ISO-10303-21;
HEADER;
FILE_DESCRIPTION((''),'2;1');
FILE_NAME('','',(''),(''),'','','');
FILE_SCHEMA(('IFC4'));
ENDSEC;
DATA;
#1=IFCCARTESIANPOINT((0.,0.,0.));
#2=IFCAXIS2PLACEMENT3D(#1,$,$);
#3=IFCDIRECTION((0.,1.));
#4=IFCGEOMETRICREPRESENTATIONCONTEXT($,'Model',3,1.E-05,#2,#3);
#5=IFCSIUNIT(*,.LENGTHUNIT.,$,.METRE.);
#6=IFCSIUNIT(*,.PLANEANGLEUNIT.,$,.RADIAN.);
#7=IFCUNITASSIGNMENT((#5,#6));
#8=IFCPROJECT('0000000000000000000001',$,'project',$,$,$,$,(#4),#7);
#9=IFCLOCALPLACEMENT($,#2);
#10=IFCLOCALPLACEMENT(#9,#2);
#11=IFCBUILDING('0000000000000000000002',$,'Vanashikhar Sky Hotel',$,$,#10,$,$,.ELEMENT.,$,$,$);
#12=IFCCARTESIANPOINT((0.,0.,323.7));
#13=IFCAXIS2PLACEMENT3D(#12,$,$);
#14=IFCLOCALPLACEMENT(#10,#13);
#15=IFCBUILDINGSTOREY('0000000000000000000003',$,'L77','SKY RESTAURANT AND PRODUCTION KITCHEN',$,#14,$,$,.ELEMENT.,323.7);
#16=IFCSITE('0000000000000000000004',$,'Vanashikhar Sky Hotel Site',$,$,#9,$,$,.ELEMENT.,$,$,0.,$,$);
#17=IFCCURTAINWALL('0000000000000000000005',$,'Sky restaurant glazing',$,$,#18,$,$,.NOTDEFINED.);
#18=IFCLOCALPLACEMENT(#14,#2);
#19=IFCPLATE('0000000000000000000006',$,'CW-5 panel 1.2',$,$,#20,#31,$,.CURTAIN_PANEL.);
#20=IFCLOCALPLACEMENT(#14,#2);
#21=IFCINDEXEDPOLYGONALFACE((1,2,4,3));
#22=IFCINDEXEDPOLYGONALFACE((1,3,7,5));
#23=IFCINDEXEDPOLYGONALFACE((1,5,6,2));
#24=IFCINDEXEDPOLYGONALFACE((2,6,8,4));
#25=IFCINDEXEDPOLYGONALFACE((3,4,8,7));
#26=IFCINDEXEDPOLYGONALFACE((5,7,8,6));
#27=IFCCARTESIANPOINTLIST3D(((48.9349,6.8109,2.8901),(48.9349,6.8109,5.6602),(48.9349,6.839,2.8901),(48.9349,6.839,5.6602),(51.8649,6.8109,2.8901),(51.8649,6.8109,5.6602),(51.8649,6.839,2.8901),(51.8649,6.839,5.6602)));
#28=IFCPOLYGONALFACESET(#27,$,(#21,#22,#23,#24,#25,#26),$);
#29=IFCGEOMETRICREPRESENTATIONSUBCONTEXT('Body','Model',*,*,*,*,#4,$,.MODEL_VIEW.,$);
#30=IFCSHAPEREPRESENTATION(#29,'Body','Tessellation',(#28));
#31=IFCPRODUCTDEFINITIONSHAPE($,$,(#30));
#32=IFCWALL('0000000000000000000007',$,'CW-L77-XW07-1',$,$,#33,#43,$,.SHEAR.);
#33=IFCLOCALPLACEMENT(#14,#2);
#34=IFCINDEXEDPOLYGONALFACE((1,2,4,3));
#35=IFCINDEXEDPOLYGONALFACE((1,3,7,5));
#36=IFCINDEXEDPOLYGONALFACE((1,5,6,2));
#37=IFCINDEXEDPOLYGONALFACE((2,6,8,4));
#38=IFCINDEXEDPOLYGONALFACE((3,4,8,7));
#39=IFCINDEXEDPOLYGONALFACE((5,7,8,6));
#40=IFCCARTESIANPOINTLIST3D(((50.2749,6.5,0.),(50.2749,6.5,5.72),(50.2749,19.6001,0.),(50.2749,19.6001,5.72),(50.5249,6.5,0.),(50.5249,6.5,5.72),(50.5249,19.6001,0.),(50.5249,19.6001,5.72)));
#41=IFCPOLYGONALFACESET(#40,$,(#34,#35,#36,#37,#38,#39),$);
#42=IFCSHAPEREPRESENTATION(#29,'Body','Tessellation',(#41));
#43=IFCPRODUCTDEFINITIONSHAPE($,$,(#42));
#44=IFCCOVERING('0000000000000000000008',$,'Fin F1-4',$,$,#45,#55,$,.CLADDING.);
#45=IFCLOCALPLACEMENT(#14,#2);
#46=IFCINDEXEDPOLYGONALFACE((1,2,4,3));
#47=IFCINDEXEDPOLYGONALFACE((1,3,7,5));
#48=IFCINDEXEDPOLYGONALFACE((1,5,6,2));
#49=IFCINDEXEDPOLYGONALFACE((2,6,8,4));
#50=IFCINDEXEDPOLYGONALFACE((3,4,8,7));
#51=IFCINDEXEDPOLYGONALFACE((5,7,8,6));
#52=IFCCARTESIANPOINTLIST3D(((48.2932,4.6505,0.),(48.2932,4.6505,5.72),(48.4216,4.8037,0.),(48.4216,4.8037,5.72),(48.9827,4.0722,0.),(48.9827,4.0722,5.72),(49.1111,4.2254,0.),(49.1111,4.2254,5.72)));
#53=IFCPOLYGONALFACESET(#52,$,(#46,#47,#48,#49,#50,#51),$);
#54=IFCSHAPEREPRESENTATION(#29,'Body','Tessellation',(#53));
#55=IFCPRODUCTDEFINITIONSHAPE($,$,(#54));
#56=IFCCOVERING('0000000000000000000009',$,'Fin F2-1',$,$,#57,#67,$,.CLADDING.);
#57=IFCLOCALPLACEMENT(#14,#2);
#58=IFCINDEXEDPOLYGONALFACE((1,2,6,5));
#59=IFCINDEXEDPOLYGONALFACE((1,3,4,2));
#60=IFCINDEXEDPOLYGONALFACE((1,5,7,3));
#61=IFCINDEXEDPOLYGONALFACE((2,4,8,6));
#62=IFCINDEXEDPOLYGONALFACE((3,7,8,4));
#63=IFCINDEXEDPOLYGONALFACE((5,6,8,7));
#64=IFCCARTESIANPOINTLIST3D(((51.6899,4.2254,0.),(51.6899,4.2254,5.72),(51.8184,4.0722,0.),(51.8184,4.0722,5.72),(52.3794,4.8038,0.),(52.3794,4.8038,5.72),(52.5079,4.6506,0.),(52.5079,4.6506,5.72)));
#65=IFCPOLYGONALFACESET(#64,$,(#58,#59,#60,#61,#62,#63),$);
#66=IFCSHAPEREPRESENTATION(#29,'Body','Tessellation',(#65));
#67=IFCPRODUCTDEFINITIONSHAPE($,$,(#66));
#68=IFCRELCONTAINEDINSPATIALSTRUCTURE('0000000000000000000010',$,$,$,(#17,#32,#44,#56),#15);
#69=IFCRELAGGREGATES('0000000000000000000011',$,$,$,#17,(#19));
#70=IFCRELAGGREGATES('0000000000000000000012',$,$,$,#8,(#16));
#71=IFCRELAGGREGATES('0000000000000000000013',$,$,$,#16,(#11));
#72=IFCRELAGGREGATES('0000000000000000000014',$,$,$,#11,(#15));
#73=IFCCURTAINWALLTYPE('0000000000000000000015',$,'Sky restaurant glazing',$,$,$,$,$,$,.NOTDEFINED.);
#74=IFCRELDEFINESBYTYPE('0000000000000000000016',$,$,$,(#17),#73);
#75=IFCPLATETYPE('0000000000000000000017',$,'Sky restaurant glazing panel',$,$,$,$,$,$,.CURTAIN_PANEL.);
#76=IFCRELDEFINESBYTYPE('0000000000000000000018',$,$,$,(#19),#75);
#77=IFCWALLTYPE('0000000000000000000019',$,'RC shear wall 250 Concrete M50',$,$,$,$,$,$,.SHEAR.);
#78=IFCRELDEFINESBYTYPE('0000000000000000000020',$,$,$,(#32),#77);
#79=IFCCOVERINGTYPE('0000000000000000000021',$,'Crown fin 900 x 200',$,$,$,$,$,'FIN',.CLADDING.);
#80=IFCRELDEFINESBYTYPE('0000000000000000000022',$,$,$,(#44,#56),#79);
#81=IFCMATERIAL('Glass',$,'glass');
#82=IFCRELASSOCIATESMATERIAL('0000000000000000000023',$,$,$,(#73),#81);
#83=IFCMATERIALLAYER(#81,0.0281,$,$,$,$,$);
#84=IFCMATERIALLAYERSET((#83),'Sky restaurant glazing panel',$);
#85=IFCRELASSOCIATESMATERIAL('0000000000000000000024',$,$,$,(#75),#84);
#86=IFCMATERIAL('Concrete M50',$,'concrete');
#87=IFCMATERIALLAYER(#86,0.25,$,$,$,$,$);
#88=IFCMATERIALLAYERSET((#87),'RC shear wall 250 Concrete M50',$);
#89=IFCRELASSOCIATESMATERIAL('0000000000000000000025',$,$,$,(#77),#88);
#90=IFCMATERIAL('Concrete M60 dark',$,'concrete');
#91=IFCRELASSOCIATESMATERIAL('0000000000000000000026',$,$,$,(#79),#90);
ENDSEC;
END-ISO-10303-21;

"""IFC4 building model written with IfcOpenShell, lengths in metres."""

from ifc_helpers import new_model, si_unit, direction, frame, frame_2d, origin, origin_2d, place, context, subcontext, project, spatial, rectangle, extrude, source, transform, mapped, material, layer, layer_set, material_profile, profile_set, type_object, element, aggregate, save


model = new_model("IFC4")

# Units and contexts
model_context = context("Model", 3, precision=1e-05, world=origin(), true_north=direction((0.0, 1.0)))
body_context = subcontext(model_context, "Body", "Model", "MODEL_VIEW")
ifc_project = project(units=[si_unit("LENGTHUNIT", "METRE"), si_unit("PLANEANGLEUNIT", "RADIAN")], contexts=[model_context])

# Site, building, storey
site_placement = place(None, origin())
site = spatial("IfcSite", under=ifc_project, at=site_placement, Name="Vanashikhar Sky Hotel Site", CompositionType="ELEMENT", RefElevation=0.0)
building_placement = place(site_placement, origin())
building = spatial("IfcBuilding", under=site, at=building_placement, Name="Vanashikhar Sky Hotel", CompositionType="ELEMENT")
storey_placement = place(building_placement, frame((0.0, 0.0, 323.7)))
storey = spatial("IfcBuildingStorey", under=building, at=storey_placement, Name="L77", Description="SKY RESTAURANT AND PRODUCTION KITCHEN", CompositionType="ELEMENT", Elevation=323.7)

# Shared definitions
ifc_material_1 = material(Name="Glass", Category="glass")
curtain_wall_type = type_object("IfcCurtainWallType", Name="Sky restaurant glazing", PredefinedType="NOTDEFINED", material=ifc_material_1)

# Curtain wall
curtain_wall_1_placement = place(storey_placement, origin())
curtain_wall_1 = element("IfcCurtainWall", 1, at=curtain_wall_1_placement, inside=storey, type_object=curtain_wall_type, Name="Sky restaurant glazing", PredefinedType="NOTDEFINED")

# Plate
ifc_layer_1 = layer(ifc_material_1, 0.0281)
ifc_layer_set_1 = layer_set([ifc_layer_1], Name="Sky restaurant glazing panel")
plate_type = type_object("IfcPlateType", Name="Sky restaurant glazing panel", PredefinedType="CURTAIN_PANEL", material=ifc_layer_set_1)
shared_shape_1 = source(origin(), body_context, "Body", "SweptSolid", [
    extrude(rectangle(XDim=2.9299, YDim=0.0281, at=origin_2d()), origin(), (0.0, 0.0, 1.0), 2.77),
])
plate_1_placement = place(storey_placement, frame((50.3999, 6.825, 2.8901), z_axis=(0.0, 0.0, 1.0), x_axis=(1.0, 0.0, 0.0)))
plate_1 = element("IfcPlate", 2, at=plate_1_placement, type_object=plate_type, Name="CW-5 panel 1.2", PredefinedType="CURTAIN_PANEL", context=body_context, shape_type="MappedRepresentation", body=[
    mapped(shared_shape_1, transform((0.0, 0.0, 0.0), scale=1.0)),
])
aggregate(curtain_wall_1, [plate_1])

# Wall
ifc_material_2 = material(Name="Concrete M50", Category="concrete")
ifc_layer_2 = layer(ifc_material_2, 0.25)
ifc_layer_set_2 = layer_set([ifc_layer_2], Name="RC shear wall 250 Concrete M50")
wall_type = type_object("IfcWallType", Name="RC shear wall 250 Concrete M50", PredefinedType="SHEAR", material=ifc_layer_set_2)
shared_shape_2 = source(origin(), body_context, "Body", "SweptSolid", [
    extrude(rectangle(XDim=13.1001, YDim=0.25, at=frame_2d((6.55, 0.0))), origin(), (0.0, 0.0, 1.0), 5.72),
])
wall_placement = place(storey_placement, frame((50.3999, 6.5, 0.0), z_axis=(0.0, 0.0, 1.0), x_axis=(0.0, 1.0, 0.0)))
element("IfcWall", 3, at=wall_placement, inside=storey, type_object=wall_type, Name="CW-L77-XW07-1", PredefinedType="SHEAR", context=body_context, shape_type="MappedRepresentation", body=[
    mapped(shared_shape_2, transform((0.0, 0.0, 0.0), scale=1.0)),
])

# Coverings
ifc_material_3 = material(Name="Concrete M60 dark", Category="concrete")
ifc_material_profile_1 = material_profile(ifc_material_3, rectangle(XDim=0.8999, YDim=0.2, at=origin_2d()))
ifc_profile_set_1 = profile_set([ifc_material_profile_1], Name="Crown fin 900 x 200")
covering_type = type_object("IfcCoveringType", Name="Crown fin 900 x 200", ElementType="FIN", PredefinedType="CLADDING", material=ifc_profile_set_1)
shared_shape_3 = source(origin(), body_context, "Body", "SweptSolid", [
    extrude(rectangle(XDim=0.8999, YDim=0.2, at=origin_2d()), origin(), (0.0, 0.0, 1.0), 5.72),
])
for number, where, z_axis, x_axis, name in (
    (4, (48.7021, 4.438, 0.0), (0.0, 0.0, 1.0), (0.76619, -0.642614, 0.0), "Fin F1-4"),
    (5, (52.0989, 4.438, 0.0), (0.0, 0.0, 1.0), (-0.766145, -0.642667, 0.0), "Fin F2-1"),
):
    element("IfcCovering", number, at=place(storey_placement, frame(where, z_axis=z_axis, x_axis=x_axis)), inside=storey, type_object=covering_type, Name=name, PredefinedType="CLADDING", context=body_context, shape_type="MappedRepresentation", body=[
        mapped(shared_shape_3, transform((0.0, 0.0, 0.0), scale=1.0)),
    ])

save(model, "model.ifc")
